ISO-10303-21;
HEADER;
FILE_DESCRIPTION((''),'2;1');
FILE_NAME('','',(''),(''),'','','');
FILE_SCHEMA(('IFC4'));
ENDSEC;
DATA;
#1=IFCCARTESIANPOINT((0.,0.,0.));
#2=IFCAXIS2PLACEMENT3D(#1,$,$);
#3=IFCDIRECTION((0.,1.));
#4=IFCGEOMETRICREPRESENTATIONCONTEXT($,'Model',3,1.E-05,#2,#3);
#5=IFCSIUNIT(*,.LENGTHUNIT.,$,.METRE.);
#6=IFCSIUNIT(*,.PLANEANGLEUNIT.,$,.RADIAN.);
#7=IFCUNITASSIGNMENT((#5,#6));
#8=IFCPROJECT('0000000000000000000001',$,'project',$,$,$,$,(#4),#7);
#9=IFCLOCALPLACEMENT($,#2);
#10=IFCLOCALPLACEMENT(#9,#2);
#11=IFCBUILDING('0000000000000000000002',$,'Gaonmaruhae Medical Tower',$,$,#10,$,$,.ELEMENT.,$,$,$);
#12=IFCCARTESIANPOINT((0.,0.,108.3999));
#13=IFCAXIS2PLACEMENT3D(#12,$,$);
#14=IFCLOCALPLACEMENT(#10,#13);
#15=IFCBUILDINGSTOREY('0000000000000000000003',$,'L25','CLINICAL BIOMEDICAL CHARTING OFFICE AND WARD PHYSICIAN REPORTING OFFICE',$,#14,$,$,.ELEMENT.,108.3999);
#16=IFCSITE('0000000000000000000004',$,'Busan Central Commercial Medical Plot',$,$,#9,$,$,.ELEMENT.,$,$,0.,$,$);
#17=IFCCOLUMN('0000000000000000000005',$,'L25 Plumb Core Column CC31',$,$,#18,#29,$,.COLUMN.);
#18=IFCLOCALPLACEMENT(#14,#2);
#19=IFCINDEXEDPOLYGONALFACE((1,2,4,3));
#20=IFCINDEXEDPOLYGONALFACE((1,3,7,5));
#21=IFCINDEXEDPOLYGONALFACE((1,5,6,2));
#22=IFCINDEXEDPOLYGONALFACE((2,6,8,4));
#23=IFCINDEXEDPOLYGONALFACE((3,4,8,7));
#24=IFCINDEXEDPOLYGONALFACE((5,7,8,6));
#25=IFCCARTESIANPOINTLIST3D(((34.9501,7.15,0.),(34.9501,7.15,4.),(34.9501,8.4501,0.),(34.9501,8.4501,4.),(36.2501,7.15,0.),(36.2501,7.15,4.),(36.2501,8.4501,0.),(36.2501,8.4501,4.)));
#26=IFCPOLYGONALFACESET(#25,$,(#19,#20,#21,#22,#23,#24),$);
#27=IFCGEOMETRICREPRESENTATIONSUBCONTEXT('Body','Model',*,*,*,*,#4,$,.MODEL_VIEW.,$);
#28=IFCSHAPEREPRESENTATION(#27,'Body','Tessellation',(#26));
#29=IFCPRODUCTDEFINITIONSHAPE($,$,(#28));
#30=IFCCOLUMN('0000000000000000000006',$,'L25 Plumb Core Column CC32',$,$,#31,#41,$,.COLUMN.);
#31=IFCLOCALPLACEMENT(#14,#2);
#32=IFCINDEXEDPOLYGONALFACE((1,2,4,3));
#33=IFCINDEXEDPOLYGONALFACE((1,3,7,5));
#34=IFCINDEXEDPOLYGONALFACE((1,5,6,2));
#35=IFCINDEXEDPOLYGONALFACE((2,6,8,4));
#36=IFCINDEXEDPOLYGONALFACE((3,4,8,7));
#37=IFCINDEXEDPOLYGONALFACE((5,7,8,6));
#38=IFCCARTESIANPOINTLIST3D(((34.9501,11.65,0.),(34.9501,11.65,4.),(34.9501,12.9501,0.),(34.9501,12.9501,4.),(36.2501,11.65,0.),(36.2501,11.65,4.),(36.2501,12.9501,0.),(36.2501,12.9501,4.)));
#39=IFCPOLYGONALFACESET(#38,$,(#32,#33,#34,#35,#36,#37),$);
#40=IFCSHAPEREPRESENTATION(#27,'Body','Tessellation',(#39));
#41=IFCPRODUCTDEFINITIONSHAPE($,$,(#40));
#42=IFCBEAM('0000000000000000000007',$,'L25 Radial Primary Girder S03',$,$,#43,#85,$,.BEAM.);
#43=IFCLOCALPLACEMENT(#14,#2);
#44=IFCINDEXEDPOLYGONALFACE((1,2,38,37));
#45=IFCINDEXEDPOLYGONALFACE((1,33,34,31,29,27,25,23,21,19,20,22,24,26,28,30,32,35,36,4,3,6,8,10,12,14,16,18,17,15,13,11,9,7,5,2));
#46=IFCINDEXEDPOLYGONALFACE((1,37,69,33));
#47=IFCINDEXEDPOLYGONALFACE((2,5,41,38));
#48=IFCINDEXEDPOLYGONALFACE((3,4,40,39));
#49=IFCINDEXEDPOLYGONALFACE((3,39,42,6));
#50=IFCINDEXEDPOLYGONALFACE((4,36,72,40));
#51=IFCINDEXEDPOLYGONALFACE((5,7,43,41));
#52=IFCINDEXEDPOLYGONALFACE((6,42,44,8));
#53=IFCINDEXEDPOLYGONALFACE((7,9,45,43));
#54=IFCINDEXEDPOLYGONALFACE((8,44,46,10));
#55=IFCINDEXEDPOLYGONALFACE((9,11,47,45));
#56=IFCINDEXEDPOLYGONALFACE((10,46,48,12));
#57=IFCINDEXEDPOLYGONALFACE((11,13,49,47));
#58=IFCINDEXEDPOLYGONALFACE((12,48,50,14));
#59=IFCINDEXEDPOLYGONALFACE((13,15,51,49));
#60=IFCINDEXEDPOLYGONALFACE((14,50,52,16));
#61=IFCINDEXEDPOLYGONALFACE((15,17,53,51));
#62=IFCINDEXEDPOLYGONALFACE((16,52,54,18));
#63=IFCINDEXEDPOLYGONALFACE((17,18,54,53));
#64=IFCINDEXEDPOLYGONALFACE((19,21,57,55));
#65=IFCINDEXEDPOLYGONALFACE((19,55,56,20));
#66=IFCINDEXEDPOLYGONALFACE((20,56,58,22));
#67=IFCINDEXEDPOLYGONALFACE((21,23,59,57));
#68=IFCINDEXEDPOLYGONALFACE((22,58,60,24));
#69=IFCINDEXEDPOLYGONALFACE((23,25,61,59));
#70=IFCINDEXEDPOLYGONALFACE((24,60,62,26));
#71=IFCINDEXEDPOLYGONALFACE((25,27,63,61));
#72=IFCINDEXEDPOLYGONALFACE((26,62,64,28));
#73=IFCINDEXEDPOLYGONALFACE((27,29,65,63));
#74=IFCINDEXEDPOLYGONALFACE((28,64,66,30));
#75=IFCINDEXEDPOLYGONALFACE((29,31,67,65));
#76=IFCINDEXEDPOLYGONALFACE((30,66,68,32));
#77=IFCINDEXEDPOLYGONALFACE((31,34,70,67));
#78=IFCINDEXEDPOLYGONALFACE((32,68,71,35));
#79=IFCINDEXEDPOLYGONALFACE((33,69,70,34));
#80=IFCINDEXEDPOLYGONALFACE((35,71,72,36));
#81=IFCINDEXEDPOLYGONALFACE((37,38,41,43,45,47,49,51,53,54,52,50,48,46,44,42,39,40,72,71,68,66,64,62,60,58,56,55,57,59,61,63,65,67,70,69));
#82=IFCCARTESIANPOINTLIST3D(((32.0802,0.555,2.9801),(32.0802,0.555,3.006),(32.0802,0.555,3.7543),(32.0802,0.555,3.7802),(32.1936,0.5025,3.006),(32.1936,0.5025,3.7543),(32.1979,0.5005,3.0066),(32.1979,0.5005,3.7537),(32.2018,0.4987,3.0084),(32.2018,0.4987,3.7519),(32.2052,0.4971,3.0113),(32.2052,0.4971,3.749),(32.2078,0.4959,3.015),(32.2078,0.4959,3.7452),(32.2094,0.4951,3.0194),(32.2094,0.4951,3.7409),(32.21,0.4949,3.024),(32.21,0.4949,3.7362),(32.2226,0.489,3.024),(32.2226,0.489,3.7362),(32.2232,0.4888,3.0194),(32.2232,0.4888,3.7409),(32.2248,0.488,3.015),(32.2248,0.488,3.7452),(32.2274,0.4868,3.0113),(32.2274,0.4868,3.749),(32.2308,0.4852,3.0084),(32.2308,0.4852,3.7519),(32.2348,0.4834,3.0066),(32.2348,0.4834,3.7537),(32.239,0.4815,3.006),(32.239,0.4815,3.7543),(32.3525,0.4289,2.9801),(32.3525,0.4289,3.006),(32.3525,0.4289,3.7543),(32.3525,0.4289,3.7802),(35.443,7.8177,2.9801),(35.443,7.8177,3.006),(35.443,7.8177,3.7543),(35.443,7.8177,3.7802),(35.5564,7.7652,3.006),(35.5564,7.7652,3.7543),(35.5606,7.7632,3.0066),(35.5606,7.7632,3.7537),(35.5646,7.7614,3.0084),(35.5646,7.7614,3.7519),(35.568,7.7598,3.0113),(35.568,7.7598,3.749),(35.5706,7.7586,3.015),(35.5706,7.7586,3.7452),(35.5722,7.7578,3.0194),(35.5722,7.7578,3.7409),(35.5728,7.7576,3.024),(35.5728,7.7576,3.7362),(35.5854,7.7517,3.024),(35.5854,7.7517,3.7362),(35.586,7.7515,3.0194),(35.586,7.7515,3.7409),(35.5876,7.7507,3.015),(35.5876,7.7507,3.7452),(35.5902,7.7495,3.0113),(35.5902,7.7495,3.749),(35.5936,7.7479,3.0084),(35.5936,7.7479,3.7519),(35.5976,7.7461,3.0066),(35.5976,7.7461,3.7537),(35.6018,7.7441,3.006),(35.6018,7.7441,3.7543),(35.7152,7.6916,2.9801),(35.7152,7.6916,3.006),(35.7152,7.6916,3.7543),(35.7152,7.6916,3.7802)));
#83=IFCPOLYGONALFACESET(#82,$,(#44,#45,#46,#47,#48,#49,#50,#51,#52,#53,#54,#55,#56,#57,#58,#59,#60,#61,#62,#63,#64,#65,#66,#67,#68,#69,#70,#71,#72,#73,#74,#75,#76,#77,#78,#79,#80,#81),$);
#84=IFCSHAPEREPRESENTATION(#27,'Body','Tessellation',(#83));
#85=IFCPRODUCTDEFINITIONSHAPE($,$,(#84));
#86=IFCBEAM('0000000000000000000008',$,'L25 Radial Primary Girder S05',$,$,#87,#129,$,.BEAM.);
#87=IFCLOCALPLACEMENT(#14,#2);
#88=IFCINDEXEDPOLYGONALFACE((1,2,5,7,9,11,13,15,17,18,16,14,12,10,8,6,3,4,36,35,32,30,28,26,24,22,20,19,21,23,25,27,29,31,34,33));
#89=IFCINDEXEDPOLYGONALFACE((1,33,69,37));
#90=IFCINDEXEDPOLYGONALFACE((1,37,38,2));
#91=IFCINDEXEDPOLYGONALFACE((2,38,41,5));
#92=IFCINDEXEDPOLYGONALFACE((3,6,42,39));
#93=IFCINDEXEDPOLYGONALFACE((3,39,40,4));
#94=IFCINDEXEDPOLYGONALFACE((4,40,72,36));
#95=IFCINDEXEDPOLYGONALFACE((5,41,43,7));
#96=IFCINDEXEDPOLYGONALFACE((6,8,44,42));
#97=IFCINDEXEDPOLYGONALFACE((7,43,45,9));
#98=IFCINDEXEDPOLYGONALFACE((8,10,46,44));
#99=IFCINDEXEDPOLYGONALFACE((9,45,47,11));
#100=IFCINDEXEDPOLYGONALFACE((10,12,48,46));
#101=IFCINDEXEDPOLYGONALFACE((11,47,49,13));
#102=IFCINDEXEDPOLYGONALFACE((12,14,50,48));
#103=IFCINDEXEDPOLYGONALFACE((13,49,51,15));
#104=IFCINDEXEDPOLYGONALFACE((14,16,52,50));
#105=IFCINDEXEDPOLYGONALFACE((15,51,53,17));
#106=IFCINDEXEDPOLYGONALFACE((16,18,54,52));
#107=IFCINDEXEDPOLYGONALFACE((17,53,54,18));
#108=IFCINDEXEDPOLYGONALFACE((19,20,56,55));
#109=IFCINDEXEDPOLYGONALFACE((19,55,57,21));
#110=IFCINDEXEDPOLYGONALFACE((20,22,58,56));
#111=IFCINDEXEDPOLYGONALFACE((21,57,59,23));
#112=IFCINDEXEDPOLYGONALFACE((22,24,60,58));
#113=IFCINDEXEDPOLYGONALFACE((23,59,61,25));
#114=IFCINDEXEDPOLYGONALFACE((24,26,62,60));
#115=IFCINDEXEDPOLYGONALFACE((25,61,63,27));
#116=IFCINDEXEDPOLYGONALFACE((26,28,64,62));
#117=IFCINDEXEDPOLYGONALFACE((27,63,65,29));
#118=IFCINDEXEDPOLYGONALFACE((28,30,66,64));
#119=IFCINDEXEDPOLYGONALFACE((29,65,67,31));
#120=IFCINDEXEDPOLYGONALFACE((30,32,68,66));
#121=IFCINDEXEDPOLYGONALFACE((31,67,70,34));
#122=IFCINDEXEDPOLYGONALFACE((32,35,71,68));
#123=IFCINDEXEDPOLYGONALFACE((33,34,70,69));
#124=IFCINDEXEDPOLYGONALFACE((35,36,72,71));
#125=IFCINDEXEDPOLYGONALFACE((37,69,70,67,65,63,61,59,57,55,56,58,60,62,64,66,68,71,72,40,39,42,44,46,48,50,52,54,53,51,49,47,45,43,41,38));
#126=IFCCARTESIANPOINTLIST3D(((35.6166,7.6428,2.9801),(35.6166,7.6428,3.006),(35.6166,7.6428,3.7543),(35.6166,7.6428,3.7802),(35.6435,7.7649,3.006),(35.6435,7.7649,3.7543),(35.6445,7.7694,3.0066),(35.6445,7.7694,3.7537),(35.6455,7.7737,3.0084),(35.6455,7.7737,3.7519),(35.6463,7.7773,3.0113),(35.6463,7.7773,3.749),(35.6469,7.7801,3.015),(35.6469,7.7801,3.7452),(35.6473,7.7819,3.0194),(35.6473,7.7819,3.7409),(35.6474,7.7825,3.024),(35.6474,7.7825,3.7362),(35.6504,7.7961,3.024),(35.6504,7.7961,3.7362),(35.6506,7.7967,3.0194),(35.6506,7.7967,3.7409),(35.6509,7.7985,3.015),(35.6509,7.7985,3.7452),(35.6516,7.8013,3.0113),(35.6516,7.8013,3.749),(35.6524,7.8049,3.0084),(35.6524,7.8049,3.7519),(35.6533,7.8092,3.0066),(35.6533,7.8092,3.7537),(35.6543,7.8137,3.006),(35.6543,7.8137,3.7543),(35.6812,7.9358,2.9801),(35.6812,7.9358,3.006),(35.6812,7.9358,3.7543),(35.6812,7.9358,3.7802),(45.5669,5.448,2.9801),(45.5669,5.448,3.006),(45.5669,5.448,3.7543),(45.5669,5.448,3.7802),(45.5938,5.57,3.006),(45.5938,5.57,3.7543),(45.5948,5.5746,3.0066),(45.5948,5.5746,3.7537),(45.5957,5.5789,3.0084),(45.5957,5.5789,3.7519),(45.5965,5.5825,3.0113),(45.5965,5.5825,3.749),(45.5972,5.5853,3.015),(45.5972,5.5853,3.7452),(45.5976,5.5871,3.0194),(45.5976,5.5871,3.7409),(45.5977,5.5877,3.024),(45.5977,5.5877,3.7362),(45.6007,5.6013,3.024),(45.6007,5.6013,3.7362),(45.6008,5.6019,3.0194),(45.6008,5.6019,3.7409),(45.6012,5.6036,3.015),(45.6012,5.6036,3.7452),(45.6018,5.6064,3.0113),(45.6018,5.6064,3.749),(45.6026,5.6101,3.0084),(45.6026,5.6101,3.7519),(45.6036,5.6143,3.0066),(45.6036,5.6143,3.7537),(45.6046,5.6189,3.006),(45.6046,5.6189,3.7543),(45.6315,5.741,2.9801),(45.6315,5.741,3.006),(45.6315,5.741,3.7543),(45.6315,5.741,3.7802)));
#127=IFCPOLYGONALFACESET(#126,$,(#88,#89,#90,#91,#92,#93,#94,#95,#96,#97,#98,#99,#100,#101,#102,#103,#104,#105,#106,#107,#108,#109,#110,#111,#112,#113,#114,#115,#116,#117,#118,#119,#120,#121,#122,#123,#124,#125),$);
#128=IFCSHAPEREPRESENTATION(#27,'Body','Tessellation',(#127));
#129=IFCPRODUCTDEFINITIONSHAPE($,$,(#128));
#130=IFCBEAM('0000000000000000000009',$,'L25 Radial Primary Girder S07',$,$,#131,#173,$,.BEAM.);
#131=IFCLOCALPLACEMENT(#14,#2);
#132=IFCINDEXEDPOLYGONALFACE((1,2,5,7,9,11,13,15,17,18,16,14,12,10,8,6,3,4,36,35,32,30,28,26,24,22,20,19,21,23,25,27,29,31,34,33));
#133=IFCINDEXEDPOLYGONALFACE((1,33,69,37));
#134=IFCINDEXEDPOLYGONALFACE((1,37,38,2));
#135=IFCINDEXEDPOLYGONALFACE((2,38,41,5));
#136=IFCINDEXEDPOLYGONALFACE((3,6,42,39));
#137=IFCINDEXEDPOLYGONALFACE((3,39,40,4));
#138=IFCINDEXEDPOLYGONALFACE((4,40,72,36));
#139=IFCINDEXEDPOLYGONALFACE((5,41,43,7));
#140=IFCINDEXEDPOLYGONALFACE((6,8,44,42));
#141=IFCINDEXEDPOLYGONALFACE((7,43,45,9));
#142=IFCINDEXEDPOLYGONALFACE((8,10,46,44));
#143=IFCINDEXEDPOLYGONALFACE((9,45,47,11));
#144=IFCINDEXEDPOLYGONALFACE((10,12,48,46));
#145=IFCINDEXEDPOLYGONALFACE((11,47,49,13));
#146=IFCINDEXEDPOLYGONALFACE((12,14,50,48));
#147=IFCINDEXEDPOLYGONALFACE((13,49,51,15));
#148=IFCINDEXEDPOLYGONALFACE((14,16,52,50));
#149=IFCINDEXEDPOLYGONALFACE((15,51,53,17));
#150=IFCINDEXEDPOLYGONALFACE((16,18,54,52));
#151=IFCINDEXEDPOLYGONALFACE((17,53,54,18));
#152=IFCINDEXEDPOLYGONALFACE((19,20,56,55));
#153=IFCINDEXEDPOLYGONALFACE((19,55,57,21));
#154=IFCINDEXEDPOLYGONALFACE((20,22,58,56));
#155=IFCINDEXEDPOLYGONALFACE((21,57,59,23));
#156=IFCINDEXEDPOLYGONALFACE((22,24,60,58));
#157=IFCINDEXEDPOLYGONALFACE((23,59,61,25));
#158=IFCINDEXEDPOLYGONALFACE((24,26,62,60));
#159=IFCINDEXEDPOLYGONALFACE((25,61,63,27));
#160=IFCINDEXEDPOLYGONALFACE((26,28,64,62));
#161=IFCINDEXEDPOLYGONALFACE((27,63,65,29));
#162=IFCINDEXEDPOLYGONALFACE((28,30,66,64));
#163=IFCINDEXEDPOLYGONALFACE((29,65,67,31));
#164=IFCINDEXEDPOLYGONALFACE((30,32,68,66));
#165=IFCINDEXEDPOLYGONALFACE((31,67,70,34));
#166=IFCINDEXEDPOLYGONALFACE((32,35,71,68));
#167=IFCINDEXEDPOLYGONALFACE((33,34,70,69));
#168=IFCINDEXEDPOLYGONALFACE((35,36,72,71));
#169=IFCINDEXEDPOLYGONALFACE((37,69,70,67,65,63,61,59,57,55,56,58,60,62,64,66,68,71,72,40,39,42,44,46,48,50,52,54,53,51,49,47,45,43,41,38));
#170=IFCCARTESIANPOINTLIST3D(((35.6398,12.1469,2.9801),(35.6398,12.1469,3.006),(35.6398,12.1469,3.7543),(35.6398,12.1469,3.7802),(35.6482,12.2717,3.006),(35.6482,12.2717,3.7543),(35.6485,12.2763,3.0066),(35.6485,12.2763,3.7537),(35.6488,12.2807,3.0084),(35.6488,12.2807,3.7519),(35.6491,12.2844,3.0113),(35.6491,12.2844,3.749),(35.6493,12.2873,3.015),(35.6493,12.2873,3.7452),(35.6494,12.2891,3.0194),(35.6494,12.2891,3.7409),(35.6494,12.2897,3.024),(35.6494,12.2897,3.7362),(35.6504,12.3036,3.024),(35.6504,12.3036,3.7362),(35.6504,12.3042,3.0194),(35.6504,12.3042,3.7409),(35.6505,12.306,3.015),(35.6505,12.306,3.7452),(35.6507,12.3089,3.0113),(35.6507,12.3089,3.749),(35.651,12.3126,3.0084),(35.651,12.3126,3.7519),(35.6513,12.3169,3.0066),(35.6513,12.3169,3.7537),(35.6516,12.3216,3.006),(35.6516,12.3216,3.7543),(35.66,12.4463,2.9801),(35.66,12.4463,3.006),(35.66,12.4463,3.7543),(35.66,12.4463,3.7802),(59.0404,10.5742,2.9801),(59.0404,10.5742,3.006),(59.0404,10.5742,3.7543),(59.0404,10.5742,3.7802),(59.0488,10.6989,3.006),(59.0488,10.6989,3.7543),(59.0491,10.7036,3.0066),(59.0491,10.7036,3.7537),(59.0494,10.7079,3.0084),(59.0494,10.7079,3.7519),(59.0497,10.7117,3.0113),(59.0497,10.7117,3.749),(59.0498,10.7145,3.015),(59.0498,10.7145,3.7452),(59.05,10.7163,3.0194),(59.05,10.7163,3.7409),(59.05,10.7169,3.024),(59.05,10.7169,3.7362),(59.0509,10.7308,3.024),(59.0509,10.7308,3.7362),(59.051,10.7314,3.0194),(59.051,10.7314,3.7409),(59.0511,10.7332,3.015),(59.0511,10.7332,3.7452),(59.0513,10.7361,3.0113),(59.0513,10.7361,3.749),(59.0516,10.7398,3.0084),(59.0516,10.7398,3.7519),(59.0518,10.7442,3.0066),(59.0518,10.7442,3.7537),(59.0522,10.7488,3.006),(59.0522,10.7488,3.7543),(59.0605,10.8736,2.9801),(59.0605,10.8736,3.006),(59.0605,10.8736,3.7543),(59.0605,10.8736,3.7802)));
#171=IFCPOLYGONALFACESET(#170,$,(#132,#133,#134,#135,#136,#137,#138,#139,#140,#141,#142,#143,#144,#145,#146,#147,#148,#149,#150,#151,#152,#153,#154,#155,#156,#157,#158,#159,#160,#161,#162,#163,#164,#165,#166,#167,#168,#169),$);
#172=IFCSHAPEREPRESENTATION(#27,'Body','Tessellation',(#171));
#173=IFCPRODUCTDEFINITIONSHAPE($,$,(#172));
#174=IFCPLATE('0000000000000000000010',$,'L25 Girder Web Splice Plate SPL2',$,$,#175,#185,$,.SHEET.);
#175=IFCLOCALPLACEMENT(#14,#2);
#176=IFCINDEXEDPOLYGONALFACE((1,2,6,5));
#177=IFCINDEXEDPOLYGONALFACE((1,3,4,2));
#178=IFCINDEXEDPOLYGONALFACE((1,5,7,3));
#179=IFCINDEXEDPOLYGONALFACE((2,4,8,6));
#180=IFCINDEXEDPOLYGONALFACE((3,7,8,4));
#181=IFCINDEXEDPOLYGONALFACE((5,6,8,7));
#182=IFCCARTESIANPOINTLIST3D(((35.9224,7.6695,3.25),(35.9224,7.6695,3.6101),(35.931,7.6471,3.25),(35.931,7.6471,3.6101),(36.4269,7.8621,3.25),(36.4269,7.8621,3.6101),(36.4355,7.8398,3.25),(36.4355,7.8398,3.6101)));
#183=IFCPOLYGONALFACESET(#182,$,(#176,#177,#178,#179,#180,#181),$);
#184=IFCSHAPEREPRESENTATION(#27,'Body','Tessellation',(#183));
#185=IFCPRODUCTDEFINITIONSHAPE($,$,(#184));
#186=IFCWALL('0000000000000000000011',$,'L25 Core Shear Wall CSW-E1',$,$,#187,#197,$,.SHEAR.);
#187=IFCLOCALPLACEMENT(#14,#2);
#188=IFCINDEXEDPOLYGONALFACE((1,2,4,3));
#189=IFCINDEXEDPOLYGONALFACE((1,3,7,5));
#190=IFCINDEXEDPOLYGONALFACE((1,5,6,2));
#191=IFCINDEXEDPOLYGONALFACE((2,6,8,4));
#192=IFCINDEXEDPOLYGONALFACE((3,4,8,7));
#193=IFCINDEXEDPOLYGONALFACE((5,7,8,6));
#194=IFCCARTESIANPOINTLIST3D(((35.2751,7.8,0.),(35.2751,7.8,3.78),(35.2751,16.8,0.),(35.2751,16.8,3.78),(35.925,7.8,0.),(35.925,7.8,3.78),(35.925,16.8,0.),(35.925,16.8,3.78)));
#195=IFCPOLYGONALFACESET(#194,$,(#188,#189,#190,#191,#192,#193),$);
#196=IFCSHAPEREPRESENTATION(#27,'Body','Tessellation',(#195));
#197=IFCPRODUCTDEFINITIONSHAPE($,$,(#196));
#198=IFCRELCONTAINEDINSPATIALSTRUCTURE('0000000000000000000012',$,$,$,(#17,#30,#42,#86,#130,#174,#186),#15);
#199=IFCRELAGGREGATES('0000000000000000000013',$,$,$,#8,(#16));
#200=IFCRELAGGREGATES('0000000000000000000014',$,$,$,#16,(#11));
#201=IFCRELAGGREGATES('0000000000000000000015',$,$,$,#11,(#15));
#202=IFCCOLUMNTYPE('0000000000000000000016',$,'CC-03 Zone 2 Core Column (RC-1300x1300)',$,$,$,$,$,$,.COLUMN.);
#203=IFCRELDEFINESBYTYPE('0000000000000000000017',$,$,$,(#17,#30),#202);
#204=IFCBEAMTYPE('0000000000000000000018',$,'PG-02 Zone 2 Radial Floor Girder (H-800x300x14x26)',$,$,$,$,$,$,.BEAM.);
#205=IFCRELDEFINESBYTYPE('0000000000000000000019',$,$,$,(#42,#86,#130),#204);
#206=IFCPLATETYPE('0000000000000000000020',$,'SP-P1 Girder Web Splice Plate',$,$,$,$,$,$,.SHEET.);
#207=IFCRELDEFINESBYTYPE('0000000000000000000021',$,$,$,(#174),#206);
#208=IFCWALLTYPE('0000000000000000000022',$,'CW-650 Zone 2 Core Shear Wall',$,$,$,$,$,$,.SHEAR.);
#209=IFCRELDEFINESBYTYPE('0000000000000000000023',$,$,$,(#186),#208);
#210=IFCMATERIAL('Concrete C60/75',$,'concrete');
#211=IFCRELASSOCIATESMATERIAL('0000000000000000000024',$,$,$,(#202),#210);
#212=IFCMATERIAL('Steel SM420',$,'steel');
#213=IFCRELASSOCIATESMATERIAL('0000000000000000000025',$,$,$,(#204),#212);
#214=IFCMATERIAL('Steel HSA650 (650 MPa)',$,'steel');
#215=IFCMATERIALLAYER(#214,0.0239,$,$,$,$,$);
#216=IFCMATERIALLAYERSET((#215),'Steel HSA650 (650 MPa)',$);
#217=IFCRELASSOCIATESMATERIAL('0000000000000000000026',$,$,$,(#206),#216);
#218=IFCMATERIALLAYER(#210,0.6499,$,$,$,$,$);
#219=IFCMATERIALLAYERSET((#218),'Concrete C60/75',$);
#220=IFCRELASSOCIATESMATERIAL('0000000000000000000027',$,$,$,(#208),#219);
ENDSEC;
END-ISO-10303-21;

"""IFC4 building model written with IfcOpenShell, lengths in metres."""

from ifc_helpers import new_model, si_unit, direction, frame, frame_2d, origin, origin_2d, place, context, subcontext, project, spatial, rectangle, i_section, extrude, material, layer, layer_set, material_profile, profile_set, type_object, element, save


model = new_model("IFC4")

# Units and contexts
model_context = context("Model", 3, precision=1e-05, world=origin(), true_north=direction((0.0, 1.0)))
body_context = subcontext(model_context, "Body", "Model", "MODEL_VIEW")
ifc_project = project(units=[si_unit("LENGTHUNIT", "METRE"), si_unit("PLANEANGLEUNIT", "RADIAN")], contexts=[model_context])

# Site, building, storey
site_placement = place(None, origin())
site = spatial("IfcSite", under=ifc_project, at=site_placement, Name="Busan Central Commercial Medical Plot", CompositionType="ELEMENT", RefElevation=0.0)
building_placement = place(site_placement, origin())
building = spatial("IfcBuilding", under=site, at=building_placement, Name="Gaonmaruhae Medical Tower", CompositionType="ELEMENT")
storey_placement = place(building_placement, frame((0.0, 0.0, 108.3999)))
storey = spatial("IfcBuildingStorey", under=building, at=storey_placement, Name="L25", Description="CLINICAL BIOMEDICAL CHARTING OFFICE AND WARD PHYSICIAN REPORTING OFFICE", CompositionType="ELEMENT", Elevation=108.3999)

# Columns
ifc_material_1 = material(Name="Concrete C60/75", Category="concrete")
ifc_material_profile_1 = material_profile(ifc_material_1, rectangle(XDim=1.3, YDim=1.3, at=origin_2d()), Name="RC-1300x1300")
ifc_profile_set_1 = profile_set([ifc_material_profile_1], Name="Concrete C60/75")
column_type = type_object("IfcColumnType", Name="CC-03 Zone 2 Core Column (RC-1300x1300)", PredefinedType="COLUMN", material=ifc_profile_set_1)
for number, where, z_axis, x_axis, name in (
    (1, (35.6001, 7.8, 0.0), (0.0, 0.0, 1.0), (1.0, 0.0, 0.0), "L25 Plumb Core Column CC31"),
    (2, (35.6001, 12.3, 0.0), (0.0, 0.0, 1.0), (1.0, 0.0, 0.0), "L25 Plumb Core Column CC32"),
):
    element("IfcColumn", number, at=place(storey_placement, frame(where, z_axis=z_axis, x_axis=x_axis)), inside=storey, type_object=column_type, Name=name, PredefinedType="COLUMN", context=body_context, shape_type="SweptSolid", body=[
        extrude(rectangle(XDim=1.3, YDim=1.3, at=origin_2d()), origin(), (0.0, 0.0, 1.0), 4.0),
    ])

# Beams
ifc_material_2 = material(Name="Steel SM420", Category="steel")
ifc_material_profile_2 = material_profile(ifc_material_2, i_section(OverallWidth=0.3, OverallDepth=0.8, WebThickness=0.0139, FlangeThickness=0.0259, FilletRadius=0.0181, at=origin_2d()), Name="H-800x300x14x26")
ifc_profile_set_2 = profile_set([ifc_material_profile_2], Name="Steel SM420")
beam_type = type_object("IfcBeamType", Name="PG-02 Zone 2 Radial Floor Girder (H-800x300x14x26)", PredefinedType="BEAM", material=ifc_profile_set_2)
beam_1_placement = place(storey_placement, frame((35.5791, 7.7546, 3.3801), z_axis=(-0.420168, -0.907446, 0.0), x_axis=(0.907446, -0.420168, 0.0)))
element("IfcBeam", 3, at=beam_1_placement, inside=storey, type_object=beam_type, Name="L25 Radial Primary Girder S03", PredefinedType="BEAM", context=body_context, shape_type="SweptSolid", body=[
    extrude(i_section(OverallWidth=0.3, OverallDepth=0.8, WebThickness=0.0139, FlangeThickness=0.0259, FilletRadius=0.0181, at=origin_2d()), origin(), (0.0, 0.0, 1.0), 8.0034),
])
beam_2_placement = place(storey_placement, frame((35.6489, 7.7893, 3.3801), z_axis=(0.976525, -0.215403, 0.0), x_axis=(0.215403, 0.976525, 0.0)))
element("IfcBeam", 4, at=beam_2_placement, inside=storey, type_object=beam_type, Name="L25 Radial Primary Girder S05", PredefinedType="BEAM", context=body_context, shape_type="SweptSolid", body=[
    extrude(i_section(OverallWidth=0.3, OverallDepth=0.8, WebThickness=0.0139, FlangeThickness=0.0259, FilletRadius=0.0181, at=origin_2d()), origin(), (0.0, 0.0, 1.0), 10.1895),
])
beam_3_placement = place(storey_placement, frame((35.6499, 12.2966, 3.3801), z_axis=(0.997749, -0.067059, 0.0), x_axis=(0.067059, 0.997749, 0.0)))
element("IfcBeam", 5, at=beam_3_placement, inside=storey, type_object=beam_type, Name="L25 Radial Primary Girder S07", PredefinedType="BEAM", context=body_context, shape_type="SweptSolid", body=[
    extrude(i_section(OverallWidth=0.3, OverallDepth=0.8, WebThickness=0.0139, FlangeThickness=0.0259, FilletRadius=0.0181, at=origin_2d()), origin(), (0.0, 0.0, 1.0), 23.4534),
])

# Plate
ifc_material_3 = material(Name="Steel HSA650 (650 MPa)", Category="steel")
ifc_layer_1 = layer(ifc_material_3, 0.0239)
ifc_layer_set_1 = layer_set([ifc_layer_1], Name="Steel HSA650 (650 MPa)")
plate_type = type_object("IfcPlateType", Name="SP-P1 Girder Web Splice Plate", PredefinedType="SHEET", material=ifc_layer_set_1)
plate_placement = place(storey_placement, frame((36.179, 7.7546, 3.25), z_axis=(0.0, 0.0, 1.0), x_axis=(0.934204, 0.356738, 0.0)))
element("IfcPlate", 6, at=plate_placement, inside=storey, type_object=plate_type, Name="L25 Girder Web Splice Plate SPL2", PredefinedType="SHEET", context=body_context, shape_type="SweptSolid", body=[
    extrude(rectangle(XDim=0.54, YDim=0.0239, at=origin_2d()), origin(), (0.0, 0.0, 1.0), 0.3601),
])

# Wall
ifc_layer_2 = layer(ifc_material_1, 0.6499)
ifc_layer_set_2 = layer_set([ifc_layer_2], Name="Concrete C60/75")
wall_type_1 = type_object("IfcWallType", Name="CW-650 Zone 2 Core Shear Wall", PredefinedType="SHEAR", material=ifc_layer_set_2)
wall_1_placement = place(storey_placement, frame((35.6001, 7.8, 0.0), z_axis=(0.0, 0.0, 1.0), x_axis=(0.0, 1.0, 0.0)))
element("IfcWall", 7, at=wall_1_placement, inside=storey, type_object=wall_type_1, Name="L25 Core Shear Wall CSW-E1", PredefinedType="SHEAR", context=body_context, shape_type="SweptSolid", body=[
    extrude(rectangle(XDim=9.0, YDim=0.6499, at=frame_2d((4.5, 0.0))), origin(), (0.0, 0.0, 1.0), 3.78),
])

save(model, "model.ifc")
